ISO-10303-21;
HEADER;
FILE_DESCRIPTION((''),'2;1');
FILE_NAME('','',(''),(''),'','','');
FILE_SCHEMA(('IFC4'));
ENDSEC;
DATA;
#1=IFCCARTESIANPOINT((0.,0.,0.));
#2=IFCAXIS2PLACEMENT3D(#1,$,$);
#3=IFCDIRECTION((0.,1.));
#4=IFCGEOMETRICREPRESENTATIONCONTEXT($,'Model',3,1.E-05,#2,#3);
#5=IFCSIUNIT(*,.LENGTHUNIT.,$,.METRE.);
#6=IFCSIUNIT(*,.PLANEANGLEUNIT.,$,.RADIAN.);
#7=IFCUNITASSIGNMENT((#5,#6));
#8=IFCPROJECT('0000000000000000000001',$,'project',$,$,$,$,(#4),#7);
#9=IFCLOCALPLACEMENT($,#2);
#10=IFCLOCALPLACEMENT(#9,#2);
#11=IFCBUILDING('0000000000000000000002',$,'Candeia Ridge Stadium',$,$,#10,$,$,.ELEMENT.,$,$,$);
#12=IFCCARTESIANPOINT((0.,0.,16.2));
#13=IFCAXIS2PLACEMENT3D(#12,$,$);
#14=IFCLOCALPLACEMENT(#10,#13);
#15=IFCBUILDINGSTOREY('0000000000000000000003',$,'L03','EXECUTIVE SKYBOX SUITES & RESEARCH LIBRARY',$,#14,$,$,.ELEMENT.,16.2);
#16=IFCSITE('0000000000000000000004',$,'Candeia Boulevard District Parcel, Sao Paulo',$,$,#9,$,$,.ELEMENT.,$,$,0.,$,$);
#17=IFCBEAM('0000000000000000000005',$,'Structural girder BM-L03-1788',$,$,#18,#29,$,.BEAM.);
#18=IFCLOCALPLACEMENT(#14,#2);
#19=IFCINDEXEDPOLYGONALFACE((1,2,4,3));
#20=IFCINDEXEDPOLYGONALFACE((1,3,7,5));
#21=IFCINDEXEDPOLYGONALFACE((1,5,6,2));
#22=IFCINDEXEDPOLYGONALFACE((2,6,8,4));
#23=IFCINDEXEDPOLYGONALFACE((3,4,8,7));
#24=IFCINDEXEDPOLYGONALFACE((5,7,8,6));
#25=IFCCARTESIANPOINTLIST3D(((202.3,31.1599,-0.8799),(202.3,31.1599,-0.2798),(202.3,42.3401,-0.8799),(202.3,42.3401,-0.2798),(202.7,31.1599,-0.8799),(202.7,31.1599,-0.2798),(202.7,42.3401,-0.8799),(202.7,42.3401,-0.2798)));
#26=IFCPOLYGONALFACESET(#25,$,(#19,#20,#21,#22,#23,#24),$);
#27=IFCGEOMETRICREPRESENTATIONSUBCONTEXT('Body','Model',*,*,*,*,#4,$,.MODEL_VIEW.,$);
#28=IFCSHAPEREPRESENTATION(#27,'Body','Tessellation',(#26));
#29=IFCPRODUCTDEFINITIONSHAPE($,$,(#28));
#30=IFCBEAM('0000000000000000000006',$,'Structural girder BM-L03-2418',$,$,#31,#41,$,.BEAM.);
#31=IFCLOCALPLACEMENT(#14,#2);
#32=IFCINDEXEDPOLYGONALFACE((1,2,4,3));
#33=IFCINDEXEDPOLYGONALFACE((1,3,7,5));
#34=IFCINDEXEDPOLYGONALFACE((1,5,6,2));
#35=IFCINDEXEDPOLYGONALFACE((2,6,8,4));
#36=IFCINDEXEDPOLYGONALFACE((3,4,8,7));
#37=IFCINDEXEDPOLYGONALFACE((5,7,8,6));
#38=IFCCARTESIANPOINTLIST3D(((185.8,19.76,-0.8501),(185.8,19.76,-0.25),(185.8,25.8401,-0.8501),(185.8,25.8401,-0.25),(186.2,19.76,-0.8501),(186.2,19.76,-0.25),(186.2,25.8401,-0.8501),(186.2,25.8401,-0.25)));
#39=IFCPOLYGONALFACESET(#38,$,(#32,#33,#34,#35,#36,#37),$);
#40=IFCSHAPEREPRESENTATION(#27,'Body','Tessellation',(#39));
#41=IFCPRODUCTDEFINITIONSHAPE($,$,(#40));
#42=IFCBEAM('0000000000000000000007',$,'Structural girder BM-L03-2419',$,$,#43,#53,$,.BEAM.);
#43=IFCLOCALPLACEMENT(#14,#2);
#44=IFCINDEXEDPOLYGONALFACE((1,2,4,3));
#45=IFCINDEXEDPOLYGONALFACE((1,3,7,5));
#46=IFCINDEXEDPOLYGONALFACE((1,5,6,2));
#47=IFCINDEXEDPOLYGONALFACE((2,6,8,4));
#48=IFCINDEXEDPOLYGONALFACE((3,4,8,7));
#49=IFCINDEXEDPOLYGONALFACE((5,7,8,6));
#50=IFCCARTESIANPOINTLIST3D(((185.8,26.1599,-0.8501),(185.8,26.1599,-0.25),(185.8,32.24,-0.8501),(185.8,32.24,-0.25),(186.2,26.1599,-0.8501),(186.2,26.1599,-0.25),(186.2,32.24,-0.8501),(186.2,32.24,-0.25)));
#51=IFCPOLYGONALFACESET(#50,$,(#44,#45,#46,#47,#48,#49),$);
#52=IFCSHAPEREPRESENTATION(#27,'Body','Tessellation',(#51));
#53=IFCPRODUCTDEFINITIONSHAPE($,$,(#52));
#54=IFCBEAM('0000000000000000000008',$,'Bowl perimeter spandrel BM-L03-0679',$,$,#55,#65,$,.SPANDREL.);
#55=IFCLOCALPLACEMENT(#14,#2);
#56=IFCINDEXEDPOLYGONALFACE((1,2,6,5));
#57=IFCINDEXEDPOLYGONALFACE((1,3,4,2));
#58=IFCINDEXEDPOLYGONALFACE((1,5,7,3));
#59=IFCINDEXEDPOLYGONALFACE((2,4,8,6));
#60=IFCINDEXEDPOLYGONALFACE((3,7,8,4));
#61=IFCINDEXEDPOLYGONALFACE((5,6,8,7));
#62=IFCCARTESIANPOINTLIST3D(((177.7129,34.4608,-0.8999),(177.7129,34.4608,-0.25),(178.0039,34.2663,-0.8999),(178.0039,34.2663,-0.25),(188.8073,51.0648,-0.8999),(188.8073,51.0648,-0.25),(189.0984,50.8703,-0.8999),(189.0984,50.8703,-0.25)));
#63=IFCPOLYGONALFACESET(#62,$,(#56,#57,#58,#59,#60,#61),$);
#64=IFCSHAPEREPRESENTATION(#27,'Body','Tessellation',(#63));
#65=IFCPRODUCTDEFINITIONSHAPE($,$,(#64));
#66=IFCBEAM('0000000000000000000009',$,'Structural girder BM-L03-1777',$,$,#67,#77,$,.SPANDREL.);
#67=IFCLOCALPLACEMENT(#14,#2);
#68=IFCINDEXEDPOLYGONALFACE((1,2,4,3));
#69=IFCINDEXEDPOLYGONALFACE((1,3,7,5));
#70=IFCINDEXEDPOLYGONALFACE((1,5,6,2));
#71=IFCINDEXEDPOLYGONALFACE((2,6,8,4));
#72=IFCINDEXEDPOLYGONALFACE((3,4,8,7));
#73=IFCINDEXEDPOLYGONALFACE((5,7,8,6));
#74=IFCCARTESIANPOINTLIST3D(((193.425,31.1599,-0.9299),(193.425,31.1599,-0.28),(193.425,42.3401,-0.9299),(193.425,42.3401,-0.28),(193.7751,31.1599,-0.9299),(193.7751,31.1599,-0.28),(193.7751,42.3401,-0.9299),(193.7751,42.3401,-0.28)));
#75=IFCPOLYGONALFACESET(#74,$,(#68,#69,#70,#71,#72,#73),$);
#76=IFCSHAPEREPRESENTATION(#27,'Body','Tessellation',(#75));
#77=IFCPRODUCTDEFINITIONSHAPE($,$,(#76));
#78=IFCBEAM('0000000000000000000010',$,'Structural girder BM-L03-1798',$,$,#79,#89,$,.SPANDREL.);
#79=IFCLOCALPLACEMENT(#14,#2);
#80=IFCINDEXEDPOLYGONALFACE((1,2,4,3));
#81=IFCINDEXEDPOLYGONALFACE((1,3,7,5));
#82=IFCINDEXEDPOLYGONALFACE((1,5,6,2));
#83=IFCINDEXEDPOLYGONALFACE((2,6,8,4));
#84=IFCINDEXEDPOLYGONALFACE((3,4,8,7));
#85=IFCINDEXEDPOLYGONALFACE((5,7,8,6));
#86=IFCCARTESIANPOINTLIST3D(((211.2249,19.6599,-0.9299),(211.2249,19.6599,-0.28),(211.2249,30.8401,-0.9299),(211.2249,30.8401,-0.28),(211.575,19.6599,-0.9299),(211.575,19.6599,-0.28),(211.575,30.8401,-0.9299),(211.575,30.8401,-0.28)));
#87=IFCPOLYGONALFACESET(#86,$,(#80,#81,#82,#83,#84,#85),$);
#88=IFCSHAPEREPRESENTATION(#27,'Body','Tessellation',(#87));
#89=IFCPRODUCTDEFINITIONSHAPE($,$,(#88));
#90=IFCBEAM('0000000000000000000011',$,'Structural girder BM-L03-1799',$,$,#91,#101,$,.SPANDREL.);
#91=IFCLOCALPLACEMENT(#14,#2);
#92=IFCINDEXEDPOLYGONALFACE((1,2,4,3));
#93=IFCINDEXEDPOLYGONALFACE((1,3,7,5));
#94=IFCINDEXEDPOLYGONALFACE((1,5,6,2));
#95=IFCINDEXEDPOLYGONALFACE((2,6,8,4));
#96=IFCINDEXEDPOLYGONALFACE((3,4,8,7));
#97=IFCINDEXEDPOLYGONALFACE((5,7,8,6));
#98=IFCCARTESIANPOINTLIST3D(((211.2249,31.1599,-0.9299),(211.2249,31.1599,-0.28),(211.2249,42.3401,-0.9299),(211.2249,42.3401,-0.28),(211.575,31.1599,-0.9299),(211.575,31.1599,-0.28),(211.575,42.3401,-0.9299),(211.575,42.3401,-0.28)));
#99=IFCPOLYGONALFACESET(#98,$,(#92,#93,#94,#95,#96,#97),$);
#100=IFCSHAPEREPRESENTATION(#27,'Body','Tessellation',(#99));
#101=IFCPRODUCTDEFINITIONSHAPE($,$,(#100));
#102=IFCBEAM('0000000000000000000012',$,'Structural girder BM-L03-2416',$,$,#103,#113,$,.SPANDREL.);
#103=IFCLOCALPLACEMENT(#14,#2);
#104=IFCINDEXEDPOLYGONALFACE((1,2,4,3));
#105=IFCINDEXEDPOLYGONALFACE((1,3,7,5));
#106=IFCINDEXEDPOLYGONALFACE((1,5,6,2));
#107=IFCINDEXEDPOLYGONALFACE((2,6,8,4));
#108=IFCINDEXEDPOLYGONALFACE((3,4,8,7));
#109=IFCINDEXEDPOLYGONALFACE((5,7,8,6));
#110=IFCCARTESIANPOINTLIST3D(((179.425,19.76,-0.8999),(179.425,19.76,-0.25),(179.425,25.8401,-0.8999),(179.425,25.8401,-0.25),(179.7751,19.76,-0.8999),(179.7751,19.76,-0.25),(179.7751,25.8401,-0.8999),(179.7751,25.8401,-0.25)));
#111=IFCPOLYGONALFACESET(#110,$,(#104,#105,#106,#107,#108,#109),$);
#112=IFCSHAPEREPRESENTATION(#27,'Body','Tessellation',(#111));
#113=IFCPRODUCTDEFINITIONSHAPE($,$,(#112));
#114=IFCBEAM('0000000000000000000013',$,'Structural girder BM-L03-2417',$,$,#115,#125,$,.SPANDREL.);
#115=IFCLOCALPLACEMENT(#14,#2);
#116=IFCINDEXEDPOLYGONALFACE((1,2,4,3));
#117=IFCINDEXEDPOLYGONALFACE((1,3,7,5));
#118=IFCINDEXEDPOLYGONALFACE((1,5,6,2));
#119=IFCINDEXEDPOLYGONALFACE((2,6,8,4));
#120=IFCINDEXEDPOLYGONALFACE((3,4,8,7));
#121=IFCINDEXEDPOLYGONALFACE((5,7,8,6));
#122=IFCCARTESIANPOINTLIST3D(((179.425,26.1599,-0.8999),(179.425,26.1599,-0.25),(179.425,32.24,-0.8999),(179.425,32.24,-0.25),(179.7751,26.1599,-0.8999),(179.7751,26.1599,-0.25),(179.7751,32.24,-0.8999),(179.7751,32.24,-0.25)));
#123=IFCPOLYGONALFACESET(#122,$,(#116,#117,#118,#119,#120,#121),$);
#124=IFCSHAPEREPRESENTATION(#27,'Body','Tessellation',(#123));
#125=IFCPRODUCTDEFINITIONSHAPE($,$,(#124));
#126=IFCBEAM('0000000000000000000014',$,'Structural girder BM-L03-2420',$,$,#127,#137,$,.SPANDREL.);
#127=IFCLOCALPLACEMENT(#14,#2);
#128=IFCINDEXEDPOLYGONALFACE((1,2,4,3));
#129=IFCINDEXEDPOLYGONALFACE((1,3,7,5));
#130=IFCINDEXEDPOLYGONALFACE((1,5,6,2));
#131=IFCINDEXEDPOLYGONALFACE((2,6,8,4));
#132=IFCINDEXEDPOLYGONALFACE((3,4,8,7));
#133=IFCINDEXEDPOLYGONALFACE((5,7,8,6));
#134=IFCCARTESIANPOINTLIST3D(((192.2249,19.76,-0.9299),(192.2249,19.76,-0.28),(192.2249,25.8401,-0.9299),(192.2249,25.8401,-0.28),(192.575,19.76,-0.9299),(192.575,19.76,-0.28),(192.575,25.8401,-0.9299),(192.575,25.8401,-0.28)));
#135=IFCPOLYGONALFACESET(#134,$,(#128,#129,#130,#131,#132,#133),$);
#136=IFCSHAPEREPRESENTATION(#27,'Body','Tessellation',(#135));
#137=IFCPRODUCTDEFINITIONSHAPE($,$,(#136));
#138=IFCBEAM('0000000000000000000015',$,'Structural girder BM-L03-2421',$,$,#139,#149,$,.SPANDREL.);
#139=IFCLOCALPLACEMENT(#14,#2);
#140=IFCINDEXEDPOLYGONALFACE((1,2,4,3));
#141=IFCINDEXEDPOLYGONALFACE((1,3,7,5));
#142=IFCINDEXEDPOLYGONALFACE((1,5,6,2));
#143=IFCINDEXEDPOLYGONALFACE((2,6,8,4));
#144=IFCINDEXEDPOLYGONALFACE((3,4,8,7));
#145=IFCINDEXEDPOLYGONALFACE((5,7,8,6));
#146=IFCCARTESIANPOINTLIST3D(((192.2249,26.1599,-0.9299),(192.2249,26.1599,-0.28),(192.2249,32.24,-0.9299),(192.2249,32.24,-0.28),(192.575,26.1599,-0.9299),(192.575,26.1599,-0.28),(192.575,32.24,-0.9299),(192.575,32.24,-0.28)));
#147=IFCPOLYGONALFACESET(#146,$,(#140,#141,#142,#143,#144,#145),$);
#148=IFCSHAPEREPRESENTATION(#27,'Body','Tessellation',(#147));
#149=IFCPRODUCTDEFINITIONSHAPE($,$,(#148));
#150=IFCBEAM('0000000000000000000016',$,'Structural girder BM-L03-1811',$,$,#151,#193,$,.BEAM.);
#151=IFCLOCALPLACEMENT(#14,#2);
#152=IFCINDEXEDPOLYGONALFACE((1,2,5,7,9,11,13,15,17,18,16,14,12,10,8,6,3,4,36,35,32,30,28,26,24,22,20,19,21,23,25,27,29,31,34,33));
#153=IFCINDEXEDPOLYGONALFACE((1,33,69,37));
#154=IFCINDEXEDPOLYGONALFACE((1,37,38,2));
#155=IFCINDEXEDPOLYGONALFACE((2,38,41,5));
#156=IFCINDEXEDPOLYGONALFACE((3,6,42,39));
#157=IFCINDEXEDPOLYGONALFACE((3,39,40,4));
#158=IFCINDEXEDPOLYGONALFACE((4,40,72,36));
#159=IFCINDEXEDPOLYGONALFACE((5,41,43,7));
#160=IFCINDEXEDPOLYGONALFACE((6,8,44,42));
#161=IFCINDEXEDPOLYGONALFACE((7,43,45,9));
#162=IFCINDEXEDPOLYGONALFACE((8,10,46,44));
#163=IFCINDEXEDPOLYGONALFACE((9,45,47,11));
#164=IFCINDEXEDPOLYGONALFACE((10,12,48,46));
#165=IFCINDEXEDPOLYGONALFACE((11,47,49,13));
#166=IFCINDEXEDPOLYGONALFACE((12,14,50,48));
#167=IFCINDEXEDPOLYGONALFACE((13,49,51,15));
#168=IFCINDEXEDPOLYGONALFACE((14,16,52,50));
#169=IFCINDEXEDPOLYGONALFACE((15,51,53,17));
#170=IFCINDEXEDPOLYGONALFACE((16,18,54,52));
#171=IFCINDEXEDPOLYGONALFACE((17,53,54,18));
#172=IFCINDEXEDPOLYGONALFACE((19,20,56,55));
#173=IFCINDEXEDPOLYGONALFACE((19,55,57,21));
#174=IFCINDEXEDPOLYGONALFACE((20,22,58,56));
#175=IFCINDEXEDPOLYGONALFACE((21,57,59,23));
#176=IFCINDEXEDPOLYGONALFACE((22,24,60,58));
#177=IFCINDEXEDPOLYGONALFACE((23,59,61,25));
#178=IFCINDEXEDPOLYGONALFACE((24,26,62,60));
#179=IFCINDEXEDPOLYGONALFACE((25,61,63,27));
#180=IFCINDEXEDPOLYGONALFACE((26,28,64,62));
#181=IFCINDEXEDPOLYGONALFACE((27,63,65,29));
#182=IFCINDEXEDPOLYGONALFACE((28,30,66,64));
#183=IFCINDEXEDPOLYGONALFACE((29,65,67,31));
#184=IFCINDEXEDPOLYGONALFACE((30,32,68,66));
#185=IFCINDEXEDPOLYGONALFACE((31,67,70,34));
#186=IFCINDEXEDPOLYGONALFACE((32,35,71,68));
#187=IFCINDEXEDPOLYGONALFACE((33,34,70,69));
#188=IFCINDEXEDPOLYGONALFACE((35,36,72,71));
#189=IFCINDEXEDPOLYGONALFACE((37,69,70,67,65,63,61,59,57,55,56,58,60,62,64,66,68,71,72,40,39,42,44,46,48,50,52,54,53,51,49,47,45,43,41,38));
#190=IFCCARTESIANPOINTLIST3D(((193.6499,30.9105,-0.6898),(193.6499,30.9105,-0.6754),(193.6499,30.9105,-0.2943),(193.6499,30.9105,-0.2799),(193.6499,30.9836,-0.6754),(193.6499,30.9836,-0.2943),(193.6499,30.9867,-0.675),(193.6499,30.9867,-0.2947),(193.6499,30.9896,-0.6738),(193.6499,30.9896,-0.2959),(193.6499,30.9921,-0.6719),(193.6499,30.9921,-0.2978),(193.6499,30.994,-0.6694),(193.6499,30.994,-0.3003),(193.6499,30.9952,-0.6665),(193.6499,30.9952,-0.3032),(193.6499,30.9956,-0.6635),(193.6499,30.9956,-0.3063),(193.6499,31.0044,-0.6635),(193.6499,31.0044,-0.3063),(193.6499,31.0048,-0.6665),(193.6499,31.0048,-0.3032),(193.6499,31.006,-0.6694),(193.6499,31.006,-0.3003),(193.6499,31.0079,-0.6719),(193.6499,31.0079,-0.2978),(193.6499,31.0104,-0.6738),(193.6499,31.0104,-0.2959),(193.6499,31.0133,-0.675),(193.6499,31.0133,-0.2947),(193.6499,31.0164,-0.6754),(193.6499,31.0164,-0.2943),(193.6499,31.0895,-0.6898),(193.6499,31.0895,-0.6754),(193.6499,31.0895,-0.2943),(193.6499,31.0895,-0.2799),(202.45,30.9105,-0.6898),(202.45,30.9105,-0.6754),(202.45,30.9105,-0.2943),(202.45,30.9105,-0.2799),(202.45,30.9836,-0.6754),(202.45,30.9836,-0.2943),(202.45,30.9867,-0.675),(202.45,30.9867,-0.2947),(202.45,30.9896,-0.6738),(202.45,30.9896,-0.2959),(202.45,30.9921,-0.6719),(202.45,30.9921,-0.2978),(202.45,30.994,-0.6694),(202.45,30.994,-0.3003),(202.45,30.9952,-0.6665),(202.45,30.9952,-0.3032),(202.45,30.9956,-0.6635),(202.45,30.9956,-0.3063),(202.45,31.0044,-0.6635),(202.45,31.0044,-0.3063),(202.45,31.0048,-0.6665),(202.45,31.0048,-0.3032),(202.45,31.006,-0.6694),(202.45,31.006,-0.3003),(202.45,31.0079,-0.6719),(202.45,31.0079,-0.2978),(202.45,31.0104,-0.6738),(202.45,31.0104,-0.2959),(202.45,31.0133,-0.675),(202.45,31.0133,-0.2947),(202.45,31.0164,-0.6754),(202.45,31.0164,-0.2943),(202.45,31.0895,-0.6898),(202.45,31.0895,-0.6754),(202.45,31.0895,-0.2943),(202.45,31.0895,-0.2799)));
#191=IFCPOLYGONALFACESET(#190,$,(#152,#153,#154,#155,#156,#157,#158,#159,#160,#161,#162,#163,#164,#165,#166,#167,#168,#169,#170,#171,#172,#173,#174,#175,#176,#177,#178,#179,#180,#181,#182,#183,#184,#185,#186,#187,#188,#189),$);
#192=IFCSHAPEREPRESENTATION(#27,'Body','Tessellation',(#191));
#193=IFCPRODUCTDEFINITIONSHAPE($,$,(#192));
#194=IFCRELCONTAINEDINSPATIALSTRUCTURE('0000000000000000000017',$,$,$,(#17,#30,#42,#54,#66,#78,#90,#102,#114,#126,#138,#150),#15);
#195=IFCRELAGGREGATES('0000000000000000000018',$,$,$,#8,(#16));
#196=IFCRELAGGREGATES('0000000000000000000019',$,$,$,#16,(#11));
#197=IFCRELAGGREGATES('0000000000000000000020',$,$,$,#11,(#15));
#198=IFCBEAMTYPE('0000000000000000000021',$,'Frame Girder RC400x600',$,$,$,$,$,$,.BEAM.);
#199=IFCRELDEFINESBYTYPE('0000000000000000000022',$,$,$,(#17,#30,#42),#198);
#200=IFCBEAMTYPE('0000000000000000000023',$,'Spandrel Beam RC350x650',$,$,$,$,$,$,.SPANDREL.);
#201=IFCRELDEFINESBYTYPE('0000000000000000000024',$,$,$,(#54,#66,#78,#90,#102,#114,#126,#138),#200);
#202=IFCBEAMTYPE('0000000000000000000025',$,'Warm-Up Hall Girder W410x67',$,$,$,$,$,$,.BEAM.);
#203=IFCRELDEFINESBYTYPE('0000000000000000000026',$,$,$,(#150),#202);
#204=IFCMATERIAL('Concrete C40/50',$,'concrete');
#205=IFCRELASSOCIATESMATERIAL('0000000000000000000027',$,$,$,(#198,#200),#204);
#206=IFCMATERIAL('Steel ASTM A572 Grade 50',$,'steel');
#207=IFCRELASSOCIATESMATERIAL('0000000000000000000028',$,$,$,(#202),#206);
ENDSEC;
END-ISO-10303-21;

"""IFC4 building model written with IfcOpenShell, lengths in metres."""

from ifc_helpers import new_model, si_unit, direction, frame, origin, origin_2d, place, context, subcontext, project, spatial, rectangle, i_section, extrude, material, material_profile, profile_set, type_object, element, save


model = new_model("IFC4")

# Units and contexts
model_context = context("Model", 3, precision=1e-05, world=origin(), true_north=direction((0.0, 1.0)))
body_context = subcontext(model_context, "Body", "Model", "MODEL_VIEW")
ifc_project = project(units=[si_unit("LENGTHUNIT", "METRE"), si_unit("PLANEANGLEUNIT", "RADIAN")], contexts=[model_context])

# Site, building, storey
site_placement = place(None, origin())
site = spatial("IfcSite", under=ifc_project, at=site_placement, Name="Candeia Boulevard District Parcel, Sao Paulo", CompositionType="ELEMENT", RefElevation=0.0)
building_placement = place(site_placement, origin())
building = spatial("IfcBuilding", under=site, at=building_placement, Name="Candeia Ridge Stadium", CompositionType="ELEMENT")
storey_placement = place(building_placement, frame((0.0, 0.0, 16.2)))
storey = spatial("IfcBuildingStorey", under=building, at=storey_placement, Name="L03", Description="EXECUTIVE SKYBOX SUITES & RESEARCH LIBRARY", CompositionType="ELEMENT", Elevation=16.2)

# Shared definitions
ifc_material_1 = material(Name="Concrete C40/50", Category="concrete")

# Beams
ifc_material_profile_1 = material_profile(ifc_material_1, rectangle(XDim=0.3999, YDim=0.6001, at=origin_2d()), Name="RC400x600", Category="concrete")
ifc_profile_set_1 = profile_set([ifc_material_profile_1], Name="Concrete C40/50")
beam_type_1 = type_object("IfcBeamType", Name="Frame Girder RC400x600", PredefinedType="BEAM", material=ifc_profile_set_1)
for number, where, z_axis, x_axis, name in (
    (1, (202.5, 31.1599, -0.5798), (0.0, 1.0, 0.0), (-1.0, 0.0, 0.0), "Structural girder BM-L03-1788"),
):
    element("IfcBeam", number, at=place(storey_placement, frame(where, z_axis=z_axis, x_axis=x_axis)), inside=storey, type_object=beam_type_1, Name=name, PredefinedType="BEAM", context=body_context, shape_type="SweptSolid", body=[
        extrude(rectangle(XDim=0.3999, YDim=0.6001, at=origin_2d()), origin(), (0.0, 0.0, 1.0), 11.1802),
    ])
for number, where, z_axis, x_axis, name in (
    (2, (186.0, 19.76, -0.55), (0.0, 1.0, 0.0), (-1.0, 0.0, 0.0), "Structural girder BM-L03-2418"),
    (3, (186.0, 26.1599, -0.55), (0.0, 1.0, 0.0), (-1.0, 0.0, 0.0), "Structural girder BM-L03-2419"),
):
    element("IfcBeam", number, at=place(storey_placement, frame(where, z_axis=z_axis, x_axis=x_axis)), inside=storey, type_object=beam_type_1, Name=name, PredefinedType="BEAM", context=body_context, shape_type="SweptSolid", body=[
        extrude(rectangle(XDim=0.3999, YDim=0.6001, at=origin_2d()), origin(), (0.0, 0.0, 1.0), 6.0801),
    ])
ifc_material_profile_2 = material_profile(ifc_material_1, rectangle(XDim=0.3501, YDim=0.6499, at=origin_2d()), Name="RC350x650", Category="concrete")
ifc_profile_set_2 = profile_set([ifc_material_profile_2], Name="Concrete C40/50")
beam_type_2 = type_object("IfcBeamType", Name="Spandrel Beam RC350x650", PredefinedType="SPANDREL", material=ifc_profile_set_2)
beam_placement = place(storey_placement, frame((177.8584, 34.3635, -0.575), z_axis=(0.555572, 0.831469, 0.0), x_axis=(-0.831469, 0.555572, 0.0)))
element("IfcBeam", 4, at=beam_placement, inside=storey, type_object=beam_type_2, Name="Bowl perimeter spandrel BM-L03-0679", PredefinedType="SPANDREL", context=body_context, shape_type="SweptSolid", body=[
    extrude(rectangle(XDim=0.3501, YDim=0.6499, at=origin_2d()), origin(), (0.0, 0.0, 1.0), 19.9695),
])
for number, where, z_axis, x_axis, name in (
    (5, (193.6001, 31.1599, -0.605), (0.0, 1.0, 0.0), (-1.0, 0.0, 0.0), "Structural girder BM-L03-1777"),
    (6, (211.3999, 19.6599, -0.605), (0.0, 1.0, 0.0), (-1.0, 0.0, 0.0), "Structural girder BM-L03-1798"),
    (7, (211.3999, 31.1599, -0.605), (0.0, 1.0, 0.0), (-1.0, 0.0, 0.0), "Structural girder BM-L03-1799"),
):
    element("IfcBeam", number, at=place(storey_placement, frame(where, z_axis=z_axis, x_axis=x_axis)), inside=storey, type_object=beam_type_2, Name=name, PredefinedType="SPANDREL", context=body_context, shape_type="SweptSolid", body=[
        extrude(rectangle(XDim=0.3501, YDim=0.6499, at=origin_2d()), origin(), (0.0, 0.0, 1.0), 11.1802),
    ])
for number, where, z_axis, x_axis, name in (
    (8, (179.6001, 19.76, -0.575), (0.0, 1.0, 0.0), (-1.0, 0.0, 0.0), "Structural girder BM-L03-2416"),
    (9, (179.6001, 26.1599, -0.575), (0.0, 1.0, 0.0), (-1.0, 0.0, 0.0), "Structural girder BM-L03-2417"),
    (10, (192.3999, 19.76, -0.605), (0.0, 1.0, 0.0), (-1.0, 0.0, 0.0), "Structural girder BM-L03-2420"),
    (11, (192.3999, 26.1599, -0.605), (0.0, 1.0, 0.0), (-1.0, 0.0, 0.0), "Structural girder BM-L03-2421"),
):
    element("IfcBeam", number, at=place(storey_placement, frame(where, z_axis=z_axis, x_axis=x_axis)), inside=storey, type_object=beam_type_2, Name=name, PredefinedType="SPANDREL", context=body_context, shape_type="SweptSolid", body=[
        extrude(rectangle(XDim=0.3501, YDim=0.6499, at=origin_2d()), origin(), (0.0, 0.0, 1.0), 6.0801),
    ])
ifc_material_2 = material(Name="Steel ASTM A572 Grade 50", Category="steel")
ifc_material_profile_3 = material_profile(ifc_material_2, i_section(OverallWidth=0.179, OverallDepth=0.4099, WebThickness=0.0088, FlangeThickness=0.0144, FilletRadius=0.012, at=origin_2d()), Name="W410x67", Category="steel")
ifc_profile_set_3 = profile_set([ifc_material_profile_3], Name="Steel ASTM A572 Grade 50")
beam_type_3 = type_object("IfcBeamType", Name="Warm-Up Hall Girder W410x67", PredefinedType="BEAM", material=ifc_profile_set_3)
for number, where, z_axis, x_axis, name in (
    (12, (193.6499, 31.0, -0.4849), (1.0, 0.0, 0.0), (0.0, 1.0, 0.0), "Structural girder BM-L03-1811"),
):
    element("IfcBeam", number, at=place(storey_placement, frame(where, z_axis=z_axis, x_axis=x_axis)), inside=storey, type_object=beam_type_3, Name=name, PredefinedType="BEAM", context=body_context, shape_type="SweptSolid", body=[
        extrude(i_section(OverallWidth=0.179, OverallDepth=0.4099, WebThickness=0.0088, FlangeThickness=0.0144, FilletRadius=0.012, at=origin_2d()), origin(), (0.0, 0.0, 1.0), 8.8),
    ])

save(model, "model.ifc")
